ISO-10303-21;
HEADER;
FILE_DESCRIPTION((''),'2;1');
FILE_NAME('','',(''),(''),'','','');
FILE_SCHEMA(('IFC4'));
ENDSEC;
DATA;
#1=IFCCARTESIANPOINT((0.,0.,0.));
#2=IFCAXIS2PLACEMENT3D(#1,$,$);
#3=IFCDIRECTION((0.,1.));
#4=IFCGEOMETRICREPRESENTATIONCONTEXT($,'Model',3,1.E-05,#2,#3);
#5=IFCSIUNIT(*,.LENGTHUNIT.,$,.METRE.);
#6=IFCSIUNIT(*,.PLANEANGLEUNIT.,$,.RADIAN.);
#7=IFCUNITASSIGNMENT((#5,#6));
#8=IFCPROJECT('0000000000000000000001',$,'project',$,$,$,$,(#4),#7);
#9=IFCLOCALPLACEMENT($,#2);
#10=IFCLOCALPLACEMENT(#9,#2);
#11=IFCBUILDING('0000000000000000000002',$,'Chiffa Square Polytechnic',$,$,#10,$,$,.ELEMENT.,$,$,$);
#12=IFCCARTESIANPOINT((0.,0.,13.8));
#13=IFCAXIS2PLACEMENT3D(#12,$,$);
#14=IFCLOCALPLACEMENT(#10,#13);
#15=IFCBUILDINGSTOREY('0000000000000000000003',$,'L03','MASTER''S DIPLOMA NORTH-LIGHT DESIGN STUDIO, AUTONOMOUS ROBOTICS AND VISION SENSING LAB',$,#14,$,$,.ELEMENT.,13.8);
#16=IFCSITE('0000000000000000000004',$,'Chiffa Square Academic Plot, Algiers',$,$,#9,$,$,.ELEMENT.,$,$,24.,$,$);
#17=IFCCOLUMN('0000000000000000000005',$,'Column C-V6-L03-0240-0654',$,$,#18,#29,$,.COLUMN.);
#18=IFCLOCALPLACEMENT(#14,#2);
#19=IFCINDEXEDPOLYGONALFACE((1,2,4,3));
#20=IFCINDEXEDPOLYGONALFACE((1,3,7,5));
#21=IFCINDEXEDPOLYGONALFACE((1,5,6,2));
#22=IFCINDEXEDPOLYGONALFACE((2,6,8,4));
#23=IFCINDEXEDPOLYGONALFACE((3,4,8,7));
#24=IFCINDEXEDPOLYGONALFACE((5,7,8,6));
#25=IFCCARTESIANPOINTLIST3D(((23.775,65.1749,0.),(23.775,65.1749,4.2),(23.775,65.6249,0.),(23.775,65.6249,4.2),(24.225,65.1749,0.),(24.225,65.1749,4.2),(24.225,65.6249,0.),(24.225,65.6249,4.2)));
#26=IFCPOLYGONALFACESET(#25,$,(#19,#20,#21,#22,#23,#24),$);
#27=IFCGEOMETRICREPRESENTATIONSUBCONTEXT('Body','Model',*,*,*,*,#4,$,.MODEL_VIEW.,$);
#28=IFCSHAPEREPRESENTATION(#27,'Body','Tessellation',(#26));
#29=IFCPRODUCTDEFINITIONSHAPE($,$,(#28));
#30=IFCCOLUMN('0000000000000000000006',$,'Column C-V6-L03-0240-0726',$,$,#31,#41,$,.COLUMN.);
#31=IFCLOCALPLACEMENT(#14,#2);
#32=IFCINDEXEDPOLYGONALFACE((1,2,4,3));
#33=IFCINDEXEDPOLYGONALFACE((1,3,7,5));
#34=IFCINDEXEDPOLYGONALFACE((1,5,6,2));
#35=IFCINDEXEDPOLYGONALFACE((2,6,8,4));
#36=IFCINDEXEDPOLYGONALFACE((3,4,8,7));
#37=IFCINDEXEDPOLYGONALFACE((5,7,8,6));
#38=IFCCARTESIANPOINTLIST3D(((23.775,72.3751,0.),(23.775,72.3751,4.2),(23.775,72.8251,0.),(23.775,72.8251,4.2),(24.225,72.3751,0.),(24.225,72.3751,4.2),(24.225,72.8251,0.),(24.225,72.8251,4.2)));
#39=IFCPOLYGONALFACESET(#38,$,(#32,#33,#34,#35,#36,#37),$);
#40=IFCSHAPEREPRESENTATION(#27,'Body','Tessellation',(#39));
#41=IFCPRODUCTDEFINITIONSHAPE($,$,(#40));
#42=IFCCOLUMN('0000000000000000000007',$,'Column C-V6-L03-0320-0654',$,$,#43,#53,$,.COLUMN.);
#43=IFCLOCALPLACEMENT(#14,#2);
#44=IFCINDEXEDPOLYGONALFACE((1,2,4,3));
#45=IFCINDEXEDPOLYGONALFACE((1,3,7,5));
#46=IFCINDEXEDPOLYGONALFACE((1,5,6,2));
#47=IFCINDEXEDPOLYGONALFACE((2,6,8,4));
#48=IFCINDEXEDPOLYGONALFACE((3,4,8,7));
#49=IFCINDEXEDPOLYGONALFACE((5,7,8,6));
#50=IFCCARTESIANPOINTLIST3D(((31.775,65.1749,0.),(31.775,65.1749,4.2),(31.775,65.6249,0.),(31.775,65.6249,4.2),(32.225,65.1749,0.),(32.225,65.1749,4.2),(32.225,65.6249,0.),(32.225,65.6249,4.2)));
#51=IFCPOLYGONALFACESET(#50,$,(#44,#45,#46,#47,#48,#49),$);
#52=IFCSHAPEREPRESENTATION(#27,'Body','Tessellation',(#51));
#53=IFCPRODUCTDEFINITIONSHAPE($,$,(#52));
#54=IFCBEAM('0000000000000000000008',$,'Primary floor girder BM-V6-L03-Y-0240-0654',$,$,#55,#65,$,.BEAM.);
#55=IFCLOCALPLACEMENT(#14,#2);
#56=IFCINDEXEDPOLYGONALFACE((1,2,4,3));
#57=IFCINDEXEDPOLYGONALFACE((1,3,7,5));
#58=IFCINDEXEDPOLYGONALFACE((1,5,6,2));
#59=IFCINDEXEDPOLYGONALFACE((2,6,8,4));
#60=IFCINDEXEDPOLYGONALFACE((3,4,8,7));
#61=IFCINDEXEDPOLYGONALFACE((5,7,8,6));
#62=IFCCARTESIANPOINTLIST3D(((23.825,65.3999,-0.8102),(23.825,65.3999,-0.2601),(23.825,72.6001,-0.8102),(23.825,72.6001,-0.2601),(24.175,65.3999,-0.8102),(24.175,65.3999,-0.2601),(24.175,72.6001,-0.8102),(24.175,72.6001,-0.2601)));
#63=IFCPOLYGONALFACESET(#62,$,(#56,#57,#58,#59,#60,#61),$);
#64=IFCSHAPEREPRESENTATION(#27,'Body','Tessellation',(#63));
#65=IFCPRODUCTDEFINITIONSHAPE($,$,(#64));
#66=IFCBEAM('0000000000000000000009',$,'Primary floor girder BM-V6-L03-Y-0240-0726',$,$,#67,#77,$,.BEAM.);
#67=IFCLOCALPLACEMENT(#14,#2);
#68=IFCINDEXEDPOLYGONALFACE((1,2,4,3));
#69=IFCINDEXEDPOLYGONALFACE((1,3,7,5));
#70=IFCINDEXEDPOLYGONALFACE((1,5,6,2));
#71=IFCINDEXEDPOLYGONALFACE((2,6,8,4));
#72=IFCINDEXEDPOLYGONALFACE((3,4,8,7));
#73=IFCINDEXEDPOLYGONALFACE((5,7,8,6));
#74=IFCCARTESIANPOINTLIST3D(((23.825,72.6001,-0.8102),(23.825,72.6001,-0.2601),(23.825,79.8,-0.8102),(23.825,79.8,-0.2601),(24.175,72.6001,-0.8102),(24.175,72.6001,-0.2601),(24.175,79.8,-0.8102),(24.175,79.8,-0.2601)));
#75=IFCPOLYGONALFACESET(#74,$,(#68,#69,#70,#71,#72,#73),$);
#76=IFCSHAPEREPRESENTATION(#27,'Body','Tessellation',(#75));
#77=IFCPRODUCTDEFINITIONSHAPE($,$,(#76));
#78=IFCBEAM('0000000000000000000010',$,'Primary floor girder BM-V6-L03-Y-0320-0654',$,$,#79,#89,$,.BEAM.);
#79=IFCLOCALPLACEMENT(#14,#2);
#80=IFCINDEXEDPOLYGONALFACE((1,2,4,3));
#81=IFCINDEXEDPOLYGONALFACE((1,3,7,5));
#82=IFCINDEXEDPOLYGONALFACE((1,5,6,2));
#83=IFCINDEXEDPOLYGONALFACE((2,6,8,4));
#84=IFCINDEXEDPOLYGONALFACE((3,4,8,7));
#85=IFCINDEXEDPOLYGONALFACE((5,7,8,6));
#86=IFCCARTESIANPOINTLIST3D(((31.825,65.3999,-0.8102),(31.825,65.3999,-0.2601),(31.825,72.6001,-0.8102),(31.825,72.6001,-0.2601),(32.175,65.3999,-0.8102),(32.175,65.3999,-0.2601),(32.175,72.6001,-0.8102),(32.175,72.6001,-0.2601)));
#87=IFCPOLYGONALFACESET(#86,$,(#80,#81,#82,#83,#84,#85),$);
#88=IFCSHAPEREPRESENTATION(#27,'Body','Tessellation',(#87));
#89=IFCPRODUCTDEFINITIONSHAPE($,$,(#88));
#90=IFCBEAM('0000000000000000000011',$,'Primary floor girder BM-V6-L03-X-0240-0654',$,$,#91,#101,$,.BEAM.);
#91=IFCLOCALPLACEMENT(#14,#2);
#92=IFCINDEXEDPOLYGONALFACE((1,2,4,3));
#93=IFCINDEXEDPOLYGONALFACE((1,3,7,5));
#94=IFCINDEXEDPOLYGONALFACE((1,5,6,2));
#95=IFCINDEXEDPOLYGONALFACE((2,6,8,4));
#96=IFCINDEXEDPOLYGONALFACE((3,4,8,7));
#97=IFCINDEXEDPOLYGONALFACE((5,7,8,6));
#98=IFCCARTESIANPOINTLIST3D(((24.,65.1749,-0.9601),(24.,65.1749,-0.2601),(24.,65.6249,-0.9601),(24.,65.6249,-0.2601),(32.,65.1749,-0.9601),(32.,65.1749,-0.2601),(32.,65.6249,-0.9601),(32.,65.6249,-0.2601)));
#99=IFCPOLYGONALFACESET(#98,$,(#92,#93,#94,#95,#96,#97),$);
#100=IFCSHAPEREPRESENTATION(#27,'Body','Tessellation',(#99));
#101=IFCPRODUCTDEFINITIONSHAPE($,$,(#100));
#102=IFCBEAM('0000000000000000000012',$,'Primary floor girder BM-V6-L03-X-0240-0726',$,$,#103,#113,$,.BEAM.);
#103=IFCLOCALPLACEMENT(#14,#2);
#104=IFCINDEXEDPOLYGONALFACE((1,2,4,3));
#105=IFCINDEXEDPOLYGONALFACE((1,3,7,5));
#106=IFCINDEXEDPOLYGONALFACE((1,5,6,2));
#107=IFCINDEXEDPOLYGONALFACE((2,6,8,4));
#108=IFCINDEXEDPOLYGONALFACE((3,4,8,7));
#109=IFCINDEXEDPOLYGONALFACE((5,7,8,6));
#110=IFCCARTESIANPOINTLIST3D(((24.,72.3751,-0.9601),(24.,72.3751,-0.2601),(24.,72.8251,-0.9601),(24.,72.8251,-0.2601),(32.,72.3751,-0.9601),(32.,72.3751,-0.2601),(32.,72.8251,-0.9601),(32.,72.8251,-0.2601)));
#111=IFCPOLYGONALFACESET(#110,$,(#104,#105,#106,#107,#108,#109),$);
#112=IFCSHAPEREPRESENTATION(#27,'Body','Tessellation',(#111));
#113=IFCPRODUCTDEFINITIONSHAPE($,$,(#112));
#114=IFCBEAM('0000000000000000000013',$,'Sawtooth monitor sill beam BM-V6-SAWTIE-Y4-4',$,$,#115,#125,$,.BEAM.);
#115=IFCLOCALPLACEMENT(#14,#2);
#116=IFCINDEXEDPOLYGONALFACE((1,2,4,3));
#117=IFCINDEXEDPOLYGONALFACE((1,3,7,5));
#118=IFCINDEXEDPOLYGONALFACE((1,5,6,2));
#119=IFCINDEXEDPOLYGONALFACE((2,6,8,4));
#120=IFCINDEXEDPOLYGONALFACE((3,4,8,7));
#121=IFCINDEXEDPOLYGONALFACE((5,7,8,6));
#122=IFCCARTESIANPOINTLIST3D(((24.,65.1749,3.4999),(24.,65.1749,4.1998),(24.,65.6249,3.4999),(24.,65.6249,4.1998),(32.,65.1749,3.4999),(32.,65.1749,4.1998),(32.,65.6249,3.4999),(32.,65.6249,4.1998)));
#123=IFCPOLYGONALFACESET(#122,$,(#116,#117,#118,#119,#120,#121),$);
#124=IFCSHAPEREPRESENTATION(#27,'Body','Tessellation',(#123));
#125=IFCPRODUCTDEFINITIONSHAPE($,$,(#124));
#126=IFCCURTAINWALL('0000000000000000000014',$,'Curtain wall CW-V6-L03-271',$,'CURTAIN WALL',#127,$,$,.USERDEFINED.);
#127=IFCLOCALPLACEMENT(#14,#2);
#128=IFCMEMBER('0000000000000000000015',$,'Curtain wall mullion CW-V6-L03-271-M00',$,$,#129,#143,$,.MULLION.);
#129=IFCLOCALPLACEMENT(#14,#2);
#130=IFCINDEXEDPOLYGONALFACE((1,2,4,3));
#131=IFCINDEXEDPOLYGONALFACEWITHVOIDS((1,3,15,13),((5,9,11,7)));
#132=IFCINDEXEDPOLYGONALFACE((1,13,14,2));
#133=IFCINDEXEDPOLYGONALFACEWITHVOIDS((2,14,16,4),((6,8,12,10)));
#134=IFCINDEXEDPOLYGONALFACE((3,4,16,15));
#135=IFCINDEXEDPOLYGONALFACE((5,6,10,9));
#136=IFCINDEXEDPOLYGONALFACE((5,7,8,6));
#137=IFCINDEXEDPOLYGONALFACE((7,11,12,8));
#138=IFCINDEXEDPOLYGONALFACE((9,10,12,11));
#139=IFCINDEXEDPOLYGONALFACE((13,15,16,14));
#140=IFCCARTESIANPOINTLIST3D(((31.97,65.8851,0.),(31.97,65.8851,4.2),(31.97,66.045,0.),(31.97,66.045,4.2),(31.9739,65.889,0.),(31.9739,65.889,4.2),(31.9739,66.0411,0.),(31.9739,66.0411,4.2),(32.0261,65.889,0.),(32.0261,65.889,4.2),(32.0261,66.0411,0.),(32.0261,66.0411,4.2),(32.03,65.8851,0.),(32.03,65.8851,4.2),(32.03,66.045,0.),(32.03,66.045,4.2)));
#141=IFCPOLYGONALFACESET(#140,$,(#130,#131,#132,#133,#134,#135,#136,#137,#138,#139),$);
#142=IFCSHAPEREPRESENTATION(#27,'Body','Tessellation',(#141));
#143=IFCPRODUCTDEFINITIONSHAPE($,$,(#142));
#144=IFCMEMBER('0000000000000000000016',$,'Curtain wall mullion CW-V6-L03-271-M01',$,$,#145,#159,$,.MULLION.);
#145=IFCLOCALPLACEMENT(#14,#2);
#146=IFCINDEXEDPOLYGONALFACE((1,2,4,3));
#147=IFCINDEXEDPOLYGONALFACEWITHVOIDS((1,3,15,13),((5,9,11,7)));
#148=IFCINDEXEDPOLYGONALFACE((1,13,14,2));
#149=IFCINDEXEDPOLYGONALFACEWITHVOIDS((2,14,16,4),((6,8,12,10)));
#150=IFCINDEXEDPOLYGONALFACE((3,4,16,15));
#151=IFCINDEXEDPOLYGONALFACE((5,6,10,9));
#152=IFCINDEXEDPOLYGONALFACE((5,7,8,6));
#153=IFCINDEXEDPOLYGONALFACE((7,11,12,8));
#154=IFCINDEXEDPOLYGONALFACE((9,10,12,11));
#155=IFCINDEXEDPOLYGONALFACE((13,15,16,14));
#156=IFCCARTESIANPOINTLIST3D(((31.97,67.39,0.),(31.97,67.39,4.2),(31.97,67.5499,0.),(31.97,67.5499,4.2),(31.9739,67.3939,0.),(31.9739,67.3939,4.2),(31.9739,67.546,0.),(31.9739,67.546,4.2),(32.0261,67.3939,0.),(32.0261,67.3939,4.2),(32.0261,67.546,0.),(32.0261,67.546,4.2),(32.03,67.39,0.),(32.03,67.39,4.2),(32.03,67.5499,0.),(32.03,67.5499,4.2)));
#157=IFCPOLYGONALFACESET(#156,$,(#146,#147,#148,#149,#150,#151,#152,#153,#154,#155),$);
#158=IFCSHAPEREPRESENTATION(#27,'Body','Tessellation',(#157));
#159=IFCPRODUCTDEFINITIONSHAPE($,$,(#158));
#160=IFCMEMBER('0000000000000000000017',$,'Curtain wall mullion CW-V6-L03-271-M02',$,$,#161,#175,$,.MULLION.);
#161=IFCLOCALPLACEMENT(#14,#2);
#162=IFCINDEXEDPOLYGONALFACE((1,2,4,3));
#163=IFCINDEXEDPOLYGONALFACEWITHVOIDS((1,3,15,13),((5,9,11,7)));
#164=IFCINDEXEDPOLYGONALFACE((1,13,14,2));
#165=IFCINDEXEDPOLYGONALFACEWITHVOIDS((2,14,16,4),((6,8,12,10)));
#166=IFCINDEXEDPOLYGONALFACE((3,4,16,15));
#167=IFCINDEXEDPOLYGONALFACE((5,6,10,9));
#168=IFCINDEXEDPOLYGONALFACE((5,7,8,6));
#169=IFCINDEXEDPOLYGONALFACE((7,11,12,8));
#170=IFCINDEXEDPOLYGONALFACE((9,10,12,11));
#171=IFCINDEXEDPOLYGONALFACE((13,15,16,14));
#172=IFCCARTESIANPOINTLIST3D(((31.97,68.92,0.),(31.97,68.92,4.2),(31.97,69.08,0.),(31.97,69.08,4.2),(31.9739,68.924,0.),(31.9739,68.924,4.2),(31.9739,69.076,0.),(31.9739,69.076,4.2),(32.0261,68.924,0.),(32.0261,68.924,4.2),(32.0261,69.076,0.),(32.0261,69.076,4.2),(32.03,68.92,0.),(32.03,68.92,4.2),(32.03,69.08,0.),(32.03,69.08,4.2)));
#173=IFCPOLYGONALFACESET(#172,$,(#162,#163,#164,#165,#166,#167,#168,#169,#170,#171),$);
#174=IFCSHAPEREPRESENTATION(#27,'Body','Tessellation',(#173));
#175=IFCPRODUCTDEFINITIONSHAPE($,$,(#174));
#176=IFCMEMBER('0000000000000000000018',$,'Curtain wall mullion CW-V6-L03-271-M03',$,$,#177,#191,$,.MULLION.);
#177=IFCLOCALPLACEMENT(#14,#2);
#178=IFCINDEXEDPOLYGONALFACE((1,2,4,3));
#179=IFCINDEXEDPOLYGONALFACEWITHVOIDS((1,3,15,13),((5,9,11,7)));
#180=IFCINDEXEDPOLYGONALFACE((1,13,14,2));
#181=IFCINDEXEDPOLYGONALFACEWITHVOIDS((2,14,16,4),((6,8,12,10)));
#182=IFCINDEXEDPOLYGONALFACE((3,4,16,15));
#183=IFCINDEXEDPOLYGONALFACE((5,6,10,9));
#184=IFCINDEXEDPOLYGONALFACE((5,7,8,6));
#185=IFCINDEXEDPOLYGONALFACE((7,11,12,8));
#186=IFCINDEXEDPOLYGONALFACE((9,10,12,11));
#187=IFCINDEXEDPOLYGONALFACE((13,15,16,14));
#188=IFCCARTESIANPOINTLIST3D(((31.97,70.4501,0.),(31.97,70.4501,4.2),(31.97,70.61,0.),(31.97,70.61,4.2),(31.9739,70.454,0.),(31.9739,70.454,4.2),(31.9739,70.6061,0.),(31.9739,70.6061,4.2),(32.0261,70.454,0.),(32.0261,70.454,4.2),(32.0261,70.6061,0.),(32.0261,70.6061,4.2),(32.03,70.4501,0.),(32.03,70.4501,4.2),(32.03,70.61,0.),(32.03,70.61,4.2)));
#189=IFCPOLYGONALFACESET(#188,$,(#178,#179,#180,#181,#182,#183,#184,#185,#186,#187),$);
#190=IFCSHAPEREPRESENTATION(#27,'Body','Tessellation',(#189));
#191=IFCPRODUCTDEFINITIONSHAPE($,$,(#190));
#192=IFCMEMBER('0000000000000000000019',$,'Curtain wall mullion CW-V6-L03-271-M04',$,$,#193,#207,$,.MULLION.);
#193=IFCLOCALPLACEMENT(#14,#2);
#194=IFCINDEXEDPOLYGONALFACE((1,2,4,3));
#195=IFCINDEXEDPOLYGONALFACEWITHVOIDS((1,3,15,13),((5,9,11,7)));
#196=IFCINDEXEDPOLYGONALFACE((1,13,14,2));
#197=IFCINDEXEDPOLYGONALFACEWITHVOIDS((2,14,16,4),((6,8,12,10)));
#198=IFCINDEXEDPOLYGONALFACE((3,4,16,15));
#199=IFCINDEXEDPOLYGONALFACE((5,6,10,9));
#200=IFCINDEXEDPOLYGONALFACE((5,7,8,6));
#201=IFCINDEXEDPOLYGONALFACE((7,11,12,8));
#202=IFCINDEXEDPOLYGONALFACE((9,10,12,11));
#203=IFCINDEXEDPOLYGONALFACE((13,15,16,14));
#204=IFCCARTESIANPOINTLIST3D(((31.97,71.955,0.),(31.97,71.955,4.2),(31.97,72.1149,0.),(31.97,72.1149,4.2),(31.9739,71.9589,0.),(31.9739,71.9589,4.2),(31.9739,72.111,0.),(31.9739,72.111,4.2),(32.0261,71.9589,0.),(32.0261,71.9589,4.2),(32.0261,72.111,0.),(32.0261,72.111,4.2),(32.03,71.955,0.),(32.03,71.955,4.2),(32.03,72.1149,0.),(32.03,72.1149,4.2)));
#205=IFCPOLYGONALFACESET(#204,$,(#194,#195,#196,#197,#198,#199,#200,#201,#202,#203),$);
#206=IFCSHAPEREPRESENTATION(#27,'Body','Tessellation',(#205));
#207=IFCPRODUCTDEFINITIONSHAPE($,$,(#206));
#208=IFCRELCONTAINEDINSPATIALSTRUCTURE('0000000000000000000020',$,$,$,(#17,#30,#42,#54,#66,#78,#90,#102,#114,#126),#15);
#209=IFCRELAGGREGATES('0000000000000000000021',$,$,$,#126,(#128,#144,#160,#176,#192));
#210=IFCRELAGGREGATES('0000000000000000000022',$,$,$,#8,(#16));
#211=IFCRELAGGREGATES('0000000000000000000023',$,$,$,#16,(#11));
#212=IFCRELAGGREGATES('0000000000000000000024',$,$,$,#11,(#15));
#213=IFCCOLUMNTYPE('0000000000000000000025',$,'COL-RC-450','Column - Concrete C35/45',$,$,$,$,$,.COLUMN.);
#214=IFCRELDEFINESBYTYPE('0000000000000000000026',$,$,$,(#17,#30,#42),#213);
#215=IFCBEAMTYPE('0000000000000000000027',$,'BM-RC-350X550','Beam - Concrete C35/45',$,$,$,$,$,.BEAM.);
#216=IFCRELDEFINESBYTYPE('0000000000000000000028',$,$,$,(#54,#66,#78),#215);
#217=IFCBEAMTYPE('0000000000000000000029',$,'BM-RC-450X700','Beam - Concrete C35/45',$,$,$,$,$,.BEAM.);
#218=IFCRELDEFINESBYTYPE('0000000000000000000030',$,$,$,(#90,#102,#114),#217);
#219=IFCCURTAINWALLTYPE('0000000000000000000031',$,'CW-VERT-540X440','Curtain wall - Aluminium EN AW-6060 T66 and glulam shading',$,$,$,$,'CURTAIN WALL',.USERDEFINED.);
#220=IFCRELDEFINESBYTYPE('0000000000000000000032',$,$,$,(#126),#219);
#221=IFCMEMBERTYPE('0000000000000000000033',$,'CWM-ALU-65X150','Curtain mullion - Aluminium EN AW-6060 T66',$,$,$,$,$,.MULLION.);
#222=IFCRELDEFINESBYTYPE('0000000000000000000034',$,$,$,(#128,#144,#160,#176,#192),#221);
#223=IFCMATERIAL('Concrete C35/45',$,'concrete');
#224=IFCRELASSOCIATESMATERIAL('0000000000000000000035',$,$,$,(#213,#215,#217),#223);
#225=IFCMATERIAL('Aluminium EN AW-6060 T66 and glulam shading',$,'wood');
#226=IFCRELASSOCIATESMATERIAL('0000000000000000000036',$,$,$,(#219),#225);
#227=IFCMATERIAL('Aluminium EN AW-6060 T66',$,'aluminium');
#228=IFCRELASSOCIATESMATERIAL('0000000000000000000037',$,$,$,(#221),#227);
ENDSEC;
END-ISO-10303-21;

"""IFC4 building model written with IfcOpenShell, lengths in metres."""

from ifc_helpers import new_model, si_unit, direction, frame, origin, origin_2d, place, context, subcontext, project, spatial, rectangle, hollow_rectangle, extrude, material, material_profile, profile_set, type_object, element, aggregate, save


model = new_model("IFC4")

# Units and contexts
model_context = context("Model", 3, precision=1e-05, world=origin(), true_north=direction((0.0, 1.0)))
body_context = subcontext(model_context, "Body", "Model", "MODEL_VIEW")
ifc_project = project(units=[si_unit("LENGTHUNIT", "METRE"), si_unit("PLANEANGLEUNIT", "RADIAN")], contexts=[model_context])

# Site, building, storey
site_placement = place(None, origin())
site = spatial("IfcSite", under=ifc_project, at=site_placement, Name="Chiffa Square Academic Plot, Algiers", CompositionType="ELEMENT", RefElevation=24.0)
building_placement = place(site_placement, origin())
building = spatial("IfcBuilding", under=site, at=building_placement, Name="Chiffa Square Polytechnic", CompositionType="ELEMENT")
storey_placement = place(building_placement, frame((0.0, 0.0, 13.8)))
storey = spatial("IfcBuildingStorey", under=building, at=storey_placement, Name="L03", Description="MASTER'S DIPLOMA NORTH-LIGHT DESIGN STUDIO, AUTONOMOUS ROBOTICS AND VISION SENSING LAB", CompositionType="ELEMENT", Elevation=13.8)

# Columns
ifc_material_1 = material(Name="Concrete C35/45", Category="concrete")
ifc_material_profile_1 = material_profile(ifc_material_1, rectangle(XDim=0.45, YDim=0.45, at=origin_2d()), Name="RC 450x450")
ifc_profile_set_1 = profile_set([ifc_material_profile_1], Name="Concrete C35/45")
column_type = type_object("IfcColumnType", Name="COL-RC-450", Description="Column - Concrete C35/45", PredefinedType="COLUMN", material=ifc_profile_set_1)
for number, where, z_axis, x_axis, name in (
    (1, (24.0, 65.3999, 0.0), (0.0, 0.0, 1.0), (1.0, 0.0, 0.0), "Column C-V6-L03-0240-0654"),
    (2, (24.0, 72.6001, 0.0), (0.0, 0.0, 1.0), (1.0, 0.0, 0.0), "Column C-V6-L03-0240-0726"),
    (3, (32.0, 65.3999, 0.0), (0.0, 0.0, 1.0), (1.0, 0.0, 0.0), "Column C-V6-L03-0320-0654"),
):
    element("IfcColumn", number, at=place(storey_placement, frame(where, z_axis=z_axis, x_axis=x_axis)), inside=storey, type_object=column_type, Name=name, PredefinedType="COLUMN", context=body_context, shape_type="SweptSolid", body=[
        extrude(rectangle(XDim=0.45, YDim=0.45, at=origin_2d()), origin(), (0.0, 0.0, 1.0), 4.2),
    ])

# Beams
ifc_material_profile_2 = material_profile(ifc_material_1, rectangle(XDim=0.3501, YDim=0.55, at=origin_2d()), Name="RC 350x550")
ifc_profile_set_2 = profile_set([ifc_material_profile_2], Name="Concrete C35/45")
beam_type_1 = type_object("IfcBeamType", Name="BM-RC-350X550", Description="Beam - Concrete C35/45", PredefinedType="BEAM", material=ifc_profile_set_2)
beam_1_placement = place(storey_placement, frame((24.0, 65.3999, -0.5352), z_axis=(0.0, 1.0, 0.0), x_axis=(-1.0, 0.0, 0.0)))
element("IfcBeam", 4, at=beam_1_placement, inside=storey, type_object=beam_type_1, Name="Primary floor girder BM-V6-L03-Y-0240-0654", PredefinedType="BEAM", context=body_context, shape_type="SweptSolid", body=[
    extrude(rectangle(XDim=0.3501, YDim=0.55, at=origin_2d()), origin(), (0.0, 0.0, 1.0), 7.2002),
])
beam_2_placement = place(storey_placement, frame((24.0, 72.6001, -0.5352), z_axis=(0.0, 1.0, 0.0), x_axis=(-1.0, 0.0, 0.0)))
element("IfcBeam", 5, at=beam_2_placement, inside=storey, type_object=beam_type_1, Name="Primary floor girder BM-V6-L03-Y-0240-0726", PredefinedType="BEAM", context=body_context, shape_type="SweptSolid", body=[
    extrude(rectangle(XDim=0.3501, YDim=0.55, at=origin_2d()), origin(), (0.0, 0.0, 1.0), 7.2),
])
beam_3_placement = place(storey_placement, frame((32.0, 65.3999, -0.5352), z_axis=(0.0, 1.0, 0.0), x_axis=(-1.0, 0.0, 0.0)))
element("IfcBeam", 6, at=beam_3_placement, inside=storey, type_object=beam_type_1, Name="Primary floor girder BM-V6-L03-Y-0320-0654", PredefinedType="BEAM", context=body_context, shape_type="SweptSolid", body=[
    extrude(rectangle(XDim=0.3501, YDim=0.55, at=origin_2d()), origin(), (0.0, 0.0, 1.0), 7.2002),
])
ifc_material_profile_3 = material_profile(ifc_material_1, rectangle(XDim=0.45, YDim=0.7, at=origin_2d()), Name="RC 450x700")
ifc_profile_set_3 = profile_set([ifc_material_profile_3], Name="Concrete C35/45")
beam_type_2 = type_object("IfcBeamType", Name="BM-RC-450X700", Description="Beam - Concrete C35/45", PredefinedType="BEAM", material=ifc_profile_set_3)
for number, where, z_axis, x_axis, name in (
    (7, (24.0, 65.3999, -0.6101), (1.0, 0.0, 0.0), (0.0, 1.0, 0.0), "Primary floor girder BM-V6-L03-X-0240-0654"),
    (8, (24.0, 72.6001, -0.6101), (1.0, 0.0, 0.0), (0.0, 1.0, 0.0), "Primary floor girder BM-V6-L03-X-0240-0726"),
    (9, (24.0, 65.3999, 3.8499), (1.0, 0.0, 0.0), (0.0, 1.0, 0.0), "Sawtooth monitor sill beam BM-V6-SAWTIE-Y4-4"),
):
    element("IfcBeam", number, at=place(storey_placement, frame(where, z_axis=z_axis, x_axis=x_axis)), inside=storey, type_object=beam_type_2, Name=name, PredefinedType="BEAM", context=body_context, shape_type="SweptSolid", body=[
        extrude(rectangle(XDim=0.45, YDim=0.7, at=origin_2d()), origin(), (0.0, 0.0, 1.0), 8.0),
    ])

# Curtain wall, members
ifc_material_2 = material(Name="Aluminium EN AW-6060 T66 and glulam shading", Category="wood")
curtain_wall_type = type_object("IfcCurtainWallType", Name="CW-VERT-540X440", Description="Curtain wall - Aluminium EN AW-6060 T66 and glulam shading", ElementType="CURTAIN WALL", PredefinedType="USERDEFINED", material=ifc_material_2)
curtain_wall_placement = place(storey_placement, origin())
curtain_wall = element("IfcCurtainWall", 10, at=curtain_wall_placement, inside=storey, type_object=curtain_wall_type, Name="Curtain wall CW-V6-L03-271", ObjectType="CURTAIN WALL", PredefinedType="USERDEFINED")
ifc_material_3 = material(Name="Aluminium EN AW-6060 T66", Category="aluminium")
ifc_material_profile_4 = material_profile(ifc_material_3, hollow_rectangle(XDim=0.0601, YDim=0.1599, WallThickness=0.0039, at=origin_2d()), Name="ALU 60x160x4")
ifc_profile_set_4 = profile_set([ifc_material_profile_4], Name="Aluminium EN AW-6060 T66")
member_type_1 = type_object("IfcMemberType", Name="CWM-ALU-65X150", Description="Curtain mullion - Aluminium EN AW-6060 T66", PredefinedType="MULLION", material=ifc_profile_set_4)
member_1_placement = place(storey_placement, frame((32.0, 65.9651, 0.0), z_axis=(0.0, 0.0, 1.0), x_axis=(1.0, 0.0, 0.0)))
member_1 = element("IfcMember", 11, at=member_1_placement, type_object=member_type_1, Name="Curtain wall mullion CW-V6-L03-271-M00", PredefinedType="MULLION", context=body_context, shape_type="SweptSolid", body=[
    extrude(hollow_rectangle(XDim=0.0601, YDim=0.1599, WallThickness=0.0039, at=origin_2d()), origin(), (0.0, 0.0, 1.0), 4.2),
])
member_2_placement = place(storey_placement, frame((32.0, 67.47, 0.0), z_axis=(0.0, 0.0, 1.0), x_axis=(1.0, 0.0, 0.0)))
member_2 = element("IfcMember", 12, at=member_2_placement, type_object=member_type_1, Name="Curtain wall mullion CW-V6-L03-271-M01", PredefinedType="MULLION", context=body_context, shape_type="SweptSolid", body=[
    extrude(hollow_rectangle(XDim=0.0601, YDim=0.1599, WallThickness=0.0039, at=origin_2d()), origin(), (0.0, 0.0, 1.0), 4.2),
])
member_3_placement = place(storey_placement, frame((32.0, 69.0, 0.0), z_axis=(0.0, 0.0, 1.0), x_axis=(1.0, 0.0, 0.0)))
member_3 = element("IfcMember", 13, at=member_3_placement, type_object=member_type_1, Name="Curtain wall mullion CW-V6-L03-271-M02", PredefinedType="MULLION", context=body_context, shape_type="SweptSolid", body=[
    extrude(hollow_rectangle(XDim=0.0601, YDim=0.1599, WallThickness=0.0039, at=origin_2d()), origin(), (0.0, 0.0, 1.0), 4.2),
])
member_4_placement = place(storey_placement, frame((32.0, 70.53, 0.0), z_axis=(0.0, 0.0, 1.0), x_axis=(1.0, 0.0, 0.0)))
member_4 = element("IfcMember", 14, at=member_4_placement, type_object=member_type_1, Name="Curtain wall mullion CW-V6-L03-271-M03", PredefinedType="MULLION", context=body_context, shape_type="SweptSolid", body=[
    extrude(hollow_rectangle(XDim=0.0601, YDim=0.1599, WallThickness=0.0039, at=origin_2d()), origin(), (0.0, 0.0, 1.0), 4.2),
])
member_5_placement = place(storey_placement, frame((32.0, 72.0349, 0.0), z_axis=(0.0, 0.0, 1.0), x_axis=(1.0, 0.0, 0.0)))
member_5 = element("IfcMember", 15, at=member_5_placement, type_object=member_type_1, Name="Curtain wall mullion CW-V6-L03-271-M04", PredefinedType="MULLION", context=body_context, shape_type="SweptSolid", body=[
    extrude(hollow_rectangle(XDim=0.0601, YDim=0.1599, WallThickness=0.0039, at=origin_2d()), origin(), (0.0, 0.0, 1.0), 4.2),
])

aggregate(curtain_wall, [member_1, member_2, member_3, member_4, member_5])

save(model, "model.ifc")
